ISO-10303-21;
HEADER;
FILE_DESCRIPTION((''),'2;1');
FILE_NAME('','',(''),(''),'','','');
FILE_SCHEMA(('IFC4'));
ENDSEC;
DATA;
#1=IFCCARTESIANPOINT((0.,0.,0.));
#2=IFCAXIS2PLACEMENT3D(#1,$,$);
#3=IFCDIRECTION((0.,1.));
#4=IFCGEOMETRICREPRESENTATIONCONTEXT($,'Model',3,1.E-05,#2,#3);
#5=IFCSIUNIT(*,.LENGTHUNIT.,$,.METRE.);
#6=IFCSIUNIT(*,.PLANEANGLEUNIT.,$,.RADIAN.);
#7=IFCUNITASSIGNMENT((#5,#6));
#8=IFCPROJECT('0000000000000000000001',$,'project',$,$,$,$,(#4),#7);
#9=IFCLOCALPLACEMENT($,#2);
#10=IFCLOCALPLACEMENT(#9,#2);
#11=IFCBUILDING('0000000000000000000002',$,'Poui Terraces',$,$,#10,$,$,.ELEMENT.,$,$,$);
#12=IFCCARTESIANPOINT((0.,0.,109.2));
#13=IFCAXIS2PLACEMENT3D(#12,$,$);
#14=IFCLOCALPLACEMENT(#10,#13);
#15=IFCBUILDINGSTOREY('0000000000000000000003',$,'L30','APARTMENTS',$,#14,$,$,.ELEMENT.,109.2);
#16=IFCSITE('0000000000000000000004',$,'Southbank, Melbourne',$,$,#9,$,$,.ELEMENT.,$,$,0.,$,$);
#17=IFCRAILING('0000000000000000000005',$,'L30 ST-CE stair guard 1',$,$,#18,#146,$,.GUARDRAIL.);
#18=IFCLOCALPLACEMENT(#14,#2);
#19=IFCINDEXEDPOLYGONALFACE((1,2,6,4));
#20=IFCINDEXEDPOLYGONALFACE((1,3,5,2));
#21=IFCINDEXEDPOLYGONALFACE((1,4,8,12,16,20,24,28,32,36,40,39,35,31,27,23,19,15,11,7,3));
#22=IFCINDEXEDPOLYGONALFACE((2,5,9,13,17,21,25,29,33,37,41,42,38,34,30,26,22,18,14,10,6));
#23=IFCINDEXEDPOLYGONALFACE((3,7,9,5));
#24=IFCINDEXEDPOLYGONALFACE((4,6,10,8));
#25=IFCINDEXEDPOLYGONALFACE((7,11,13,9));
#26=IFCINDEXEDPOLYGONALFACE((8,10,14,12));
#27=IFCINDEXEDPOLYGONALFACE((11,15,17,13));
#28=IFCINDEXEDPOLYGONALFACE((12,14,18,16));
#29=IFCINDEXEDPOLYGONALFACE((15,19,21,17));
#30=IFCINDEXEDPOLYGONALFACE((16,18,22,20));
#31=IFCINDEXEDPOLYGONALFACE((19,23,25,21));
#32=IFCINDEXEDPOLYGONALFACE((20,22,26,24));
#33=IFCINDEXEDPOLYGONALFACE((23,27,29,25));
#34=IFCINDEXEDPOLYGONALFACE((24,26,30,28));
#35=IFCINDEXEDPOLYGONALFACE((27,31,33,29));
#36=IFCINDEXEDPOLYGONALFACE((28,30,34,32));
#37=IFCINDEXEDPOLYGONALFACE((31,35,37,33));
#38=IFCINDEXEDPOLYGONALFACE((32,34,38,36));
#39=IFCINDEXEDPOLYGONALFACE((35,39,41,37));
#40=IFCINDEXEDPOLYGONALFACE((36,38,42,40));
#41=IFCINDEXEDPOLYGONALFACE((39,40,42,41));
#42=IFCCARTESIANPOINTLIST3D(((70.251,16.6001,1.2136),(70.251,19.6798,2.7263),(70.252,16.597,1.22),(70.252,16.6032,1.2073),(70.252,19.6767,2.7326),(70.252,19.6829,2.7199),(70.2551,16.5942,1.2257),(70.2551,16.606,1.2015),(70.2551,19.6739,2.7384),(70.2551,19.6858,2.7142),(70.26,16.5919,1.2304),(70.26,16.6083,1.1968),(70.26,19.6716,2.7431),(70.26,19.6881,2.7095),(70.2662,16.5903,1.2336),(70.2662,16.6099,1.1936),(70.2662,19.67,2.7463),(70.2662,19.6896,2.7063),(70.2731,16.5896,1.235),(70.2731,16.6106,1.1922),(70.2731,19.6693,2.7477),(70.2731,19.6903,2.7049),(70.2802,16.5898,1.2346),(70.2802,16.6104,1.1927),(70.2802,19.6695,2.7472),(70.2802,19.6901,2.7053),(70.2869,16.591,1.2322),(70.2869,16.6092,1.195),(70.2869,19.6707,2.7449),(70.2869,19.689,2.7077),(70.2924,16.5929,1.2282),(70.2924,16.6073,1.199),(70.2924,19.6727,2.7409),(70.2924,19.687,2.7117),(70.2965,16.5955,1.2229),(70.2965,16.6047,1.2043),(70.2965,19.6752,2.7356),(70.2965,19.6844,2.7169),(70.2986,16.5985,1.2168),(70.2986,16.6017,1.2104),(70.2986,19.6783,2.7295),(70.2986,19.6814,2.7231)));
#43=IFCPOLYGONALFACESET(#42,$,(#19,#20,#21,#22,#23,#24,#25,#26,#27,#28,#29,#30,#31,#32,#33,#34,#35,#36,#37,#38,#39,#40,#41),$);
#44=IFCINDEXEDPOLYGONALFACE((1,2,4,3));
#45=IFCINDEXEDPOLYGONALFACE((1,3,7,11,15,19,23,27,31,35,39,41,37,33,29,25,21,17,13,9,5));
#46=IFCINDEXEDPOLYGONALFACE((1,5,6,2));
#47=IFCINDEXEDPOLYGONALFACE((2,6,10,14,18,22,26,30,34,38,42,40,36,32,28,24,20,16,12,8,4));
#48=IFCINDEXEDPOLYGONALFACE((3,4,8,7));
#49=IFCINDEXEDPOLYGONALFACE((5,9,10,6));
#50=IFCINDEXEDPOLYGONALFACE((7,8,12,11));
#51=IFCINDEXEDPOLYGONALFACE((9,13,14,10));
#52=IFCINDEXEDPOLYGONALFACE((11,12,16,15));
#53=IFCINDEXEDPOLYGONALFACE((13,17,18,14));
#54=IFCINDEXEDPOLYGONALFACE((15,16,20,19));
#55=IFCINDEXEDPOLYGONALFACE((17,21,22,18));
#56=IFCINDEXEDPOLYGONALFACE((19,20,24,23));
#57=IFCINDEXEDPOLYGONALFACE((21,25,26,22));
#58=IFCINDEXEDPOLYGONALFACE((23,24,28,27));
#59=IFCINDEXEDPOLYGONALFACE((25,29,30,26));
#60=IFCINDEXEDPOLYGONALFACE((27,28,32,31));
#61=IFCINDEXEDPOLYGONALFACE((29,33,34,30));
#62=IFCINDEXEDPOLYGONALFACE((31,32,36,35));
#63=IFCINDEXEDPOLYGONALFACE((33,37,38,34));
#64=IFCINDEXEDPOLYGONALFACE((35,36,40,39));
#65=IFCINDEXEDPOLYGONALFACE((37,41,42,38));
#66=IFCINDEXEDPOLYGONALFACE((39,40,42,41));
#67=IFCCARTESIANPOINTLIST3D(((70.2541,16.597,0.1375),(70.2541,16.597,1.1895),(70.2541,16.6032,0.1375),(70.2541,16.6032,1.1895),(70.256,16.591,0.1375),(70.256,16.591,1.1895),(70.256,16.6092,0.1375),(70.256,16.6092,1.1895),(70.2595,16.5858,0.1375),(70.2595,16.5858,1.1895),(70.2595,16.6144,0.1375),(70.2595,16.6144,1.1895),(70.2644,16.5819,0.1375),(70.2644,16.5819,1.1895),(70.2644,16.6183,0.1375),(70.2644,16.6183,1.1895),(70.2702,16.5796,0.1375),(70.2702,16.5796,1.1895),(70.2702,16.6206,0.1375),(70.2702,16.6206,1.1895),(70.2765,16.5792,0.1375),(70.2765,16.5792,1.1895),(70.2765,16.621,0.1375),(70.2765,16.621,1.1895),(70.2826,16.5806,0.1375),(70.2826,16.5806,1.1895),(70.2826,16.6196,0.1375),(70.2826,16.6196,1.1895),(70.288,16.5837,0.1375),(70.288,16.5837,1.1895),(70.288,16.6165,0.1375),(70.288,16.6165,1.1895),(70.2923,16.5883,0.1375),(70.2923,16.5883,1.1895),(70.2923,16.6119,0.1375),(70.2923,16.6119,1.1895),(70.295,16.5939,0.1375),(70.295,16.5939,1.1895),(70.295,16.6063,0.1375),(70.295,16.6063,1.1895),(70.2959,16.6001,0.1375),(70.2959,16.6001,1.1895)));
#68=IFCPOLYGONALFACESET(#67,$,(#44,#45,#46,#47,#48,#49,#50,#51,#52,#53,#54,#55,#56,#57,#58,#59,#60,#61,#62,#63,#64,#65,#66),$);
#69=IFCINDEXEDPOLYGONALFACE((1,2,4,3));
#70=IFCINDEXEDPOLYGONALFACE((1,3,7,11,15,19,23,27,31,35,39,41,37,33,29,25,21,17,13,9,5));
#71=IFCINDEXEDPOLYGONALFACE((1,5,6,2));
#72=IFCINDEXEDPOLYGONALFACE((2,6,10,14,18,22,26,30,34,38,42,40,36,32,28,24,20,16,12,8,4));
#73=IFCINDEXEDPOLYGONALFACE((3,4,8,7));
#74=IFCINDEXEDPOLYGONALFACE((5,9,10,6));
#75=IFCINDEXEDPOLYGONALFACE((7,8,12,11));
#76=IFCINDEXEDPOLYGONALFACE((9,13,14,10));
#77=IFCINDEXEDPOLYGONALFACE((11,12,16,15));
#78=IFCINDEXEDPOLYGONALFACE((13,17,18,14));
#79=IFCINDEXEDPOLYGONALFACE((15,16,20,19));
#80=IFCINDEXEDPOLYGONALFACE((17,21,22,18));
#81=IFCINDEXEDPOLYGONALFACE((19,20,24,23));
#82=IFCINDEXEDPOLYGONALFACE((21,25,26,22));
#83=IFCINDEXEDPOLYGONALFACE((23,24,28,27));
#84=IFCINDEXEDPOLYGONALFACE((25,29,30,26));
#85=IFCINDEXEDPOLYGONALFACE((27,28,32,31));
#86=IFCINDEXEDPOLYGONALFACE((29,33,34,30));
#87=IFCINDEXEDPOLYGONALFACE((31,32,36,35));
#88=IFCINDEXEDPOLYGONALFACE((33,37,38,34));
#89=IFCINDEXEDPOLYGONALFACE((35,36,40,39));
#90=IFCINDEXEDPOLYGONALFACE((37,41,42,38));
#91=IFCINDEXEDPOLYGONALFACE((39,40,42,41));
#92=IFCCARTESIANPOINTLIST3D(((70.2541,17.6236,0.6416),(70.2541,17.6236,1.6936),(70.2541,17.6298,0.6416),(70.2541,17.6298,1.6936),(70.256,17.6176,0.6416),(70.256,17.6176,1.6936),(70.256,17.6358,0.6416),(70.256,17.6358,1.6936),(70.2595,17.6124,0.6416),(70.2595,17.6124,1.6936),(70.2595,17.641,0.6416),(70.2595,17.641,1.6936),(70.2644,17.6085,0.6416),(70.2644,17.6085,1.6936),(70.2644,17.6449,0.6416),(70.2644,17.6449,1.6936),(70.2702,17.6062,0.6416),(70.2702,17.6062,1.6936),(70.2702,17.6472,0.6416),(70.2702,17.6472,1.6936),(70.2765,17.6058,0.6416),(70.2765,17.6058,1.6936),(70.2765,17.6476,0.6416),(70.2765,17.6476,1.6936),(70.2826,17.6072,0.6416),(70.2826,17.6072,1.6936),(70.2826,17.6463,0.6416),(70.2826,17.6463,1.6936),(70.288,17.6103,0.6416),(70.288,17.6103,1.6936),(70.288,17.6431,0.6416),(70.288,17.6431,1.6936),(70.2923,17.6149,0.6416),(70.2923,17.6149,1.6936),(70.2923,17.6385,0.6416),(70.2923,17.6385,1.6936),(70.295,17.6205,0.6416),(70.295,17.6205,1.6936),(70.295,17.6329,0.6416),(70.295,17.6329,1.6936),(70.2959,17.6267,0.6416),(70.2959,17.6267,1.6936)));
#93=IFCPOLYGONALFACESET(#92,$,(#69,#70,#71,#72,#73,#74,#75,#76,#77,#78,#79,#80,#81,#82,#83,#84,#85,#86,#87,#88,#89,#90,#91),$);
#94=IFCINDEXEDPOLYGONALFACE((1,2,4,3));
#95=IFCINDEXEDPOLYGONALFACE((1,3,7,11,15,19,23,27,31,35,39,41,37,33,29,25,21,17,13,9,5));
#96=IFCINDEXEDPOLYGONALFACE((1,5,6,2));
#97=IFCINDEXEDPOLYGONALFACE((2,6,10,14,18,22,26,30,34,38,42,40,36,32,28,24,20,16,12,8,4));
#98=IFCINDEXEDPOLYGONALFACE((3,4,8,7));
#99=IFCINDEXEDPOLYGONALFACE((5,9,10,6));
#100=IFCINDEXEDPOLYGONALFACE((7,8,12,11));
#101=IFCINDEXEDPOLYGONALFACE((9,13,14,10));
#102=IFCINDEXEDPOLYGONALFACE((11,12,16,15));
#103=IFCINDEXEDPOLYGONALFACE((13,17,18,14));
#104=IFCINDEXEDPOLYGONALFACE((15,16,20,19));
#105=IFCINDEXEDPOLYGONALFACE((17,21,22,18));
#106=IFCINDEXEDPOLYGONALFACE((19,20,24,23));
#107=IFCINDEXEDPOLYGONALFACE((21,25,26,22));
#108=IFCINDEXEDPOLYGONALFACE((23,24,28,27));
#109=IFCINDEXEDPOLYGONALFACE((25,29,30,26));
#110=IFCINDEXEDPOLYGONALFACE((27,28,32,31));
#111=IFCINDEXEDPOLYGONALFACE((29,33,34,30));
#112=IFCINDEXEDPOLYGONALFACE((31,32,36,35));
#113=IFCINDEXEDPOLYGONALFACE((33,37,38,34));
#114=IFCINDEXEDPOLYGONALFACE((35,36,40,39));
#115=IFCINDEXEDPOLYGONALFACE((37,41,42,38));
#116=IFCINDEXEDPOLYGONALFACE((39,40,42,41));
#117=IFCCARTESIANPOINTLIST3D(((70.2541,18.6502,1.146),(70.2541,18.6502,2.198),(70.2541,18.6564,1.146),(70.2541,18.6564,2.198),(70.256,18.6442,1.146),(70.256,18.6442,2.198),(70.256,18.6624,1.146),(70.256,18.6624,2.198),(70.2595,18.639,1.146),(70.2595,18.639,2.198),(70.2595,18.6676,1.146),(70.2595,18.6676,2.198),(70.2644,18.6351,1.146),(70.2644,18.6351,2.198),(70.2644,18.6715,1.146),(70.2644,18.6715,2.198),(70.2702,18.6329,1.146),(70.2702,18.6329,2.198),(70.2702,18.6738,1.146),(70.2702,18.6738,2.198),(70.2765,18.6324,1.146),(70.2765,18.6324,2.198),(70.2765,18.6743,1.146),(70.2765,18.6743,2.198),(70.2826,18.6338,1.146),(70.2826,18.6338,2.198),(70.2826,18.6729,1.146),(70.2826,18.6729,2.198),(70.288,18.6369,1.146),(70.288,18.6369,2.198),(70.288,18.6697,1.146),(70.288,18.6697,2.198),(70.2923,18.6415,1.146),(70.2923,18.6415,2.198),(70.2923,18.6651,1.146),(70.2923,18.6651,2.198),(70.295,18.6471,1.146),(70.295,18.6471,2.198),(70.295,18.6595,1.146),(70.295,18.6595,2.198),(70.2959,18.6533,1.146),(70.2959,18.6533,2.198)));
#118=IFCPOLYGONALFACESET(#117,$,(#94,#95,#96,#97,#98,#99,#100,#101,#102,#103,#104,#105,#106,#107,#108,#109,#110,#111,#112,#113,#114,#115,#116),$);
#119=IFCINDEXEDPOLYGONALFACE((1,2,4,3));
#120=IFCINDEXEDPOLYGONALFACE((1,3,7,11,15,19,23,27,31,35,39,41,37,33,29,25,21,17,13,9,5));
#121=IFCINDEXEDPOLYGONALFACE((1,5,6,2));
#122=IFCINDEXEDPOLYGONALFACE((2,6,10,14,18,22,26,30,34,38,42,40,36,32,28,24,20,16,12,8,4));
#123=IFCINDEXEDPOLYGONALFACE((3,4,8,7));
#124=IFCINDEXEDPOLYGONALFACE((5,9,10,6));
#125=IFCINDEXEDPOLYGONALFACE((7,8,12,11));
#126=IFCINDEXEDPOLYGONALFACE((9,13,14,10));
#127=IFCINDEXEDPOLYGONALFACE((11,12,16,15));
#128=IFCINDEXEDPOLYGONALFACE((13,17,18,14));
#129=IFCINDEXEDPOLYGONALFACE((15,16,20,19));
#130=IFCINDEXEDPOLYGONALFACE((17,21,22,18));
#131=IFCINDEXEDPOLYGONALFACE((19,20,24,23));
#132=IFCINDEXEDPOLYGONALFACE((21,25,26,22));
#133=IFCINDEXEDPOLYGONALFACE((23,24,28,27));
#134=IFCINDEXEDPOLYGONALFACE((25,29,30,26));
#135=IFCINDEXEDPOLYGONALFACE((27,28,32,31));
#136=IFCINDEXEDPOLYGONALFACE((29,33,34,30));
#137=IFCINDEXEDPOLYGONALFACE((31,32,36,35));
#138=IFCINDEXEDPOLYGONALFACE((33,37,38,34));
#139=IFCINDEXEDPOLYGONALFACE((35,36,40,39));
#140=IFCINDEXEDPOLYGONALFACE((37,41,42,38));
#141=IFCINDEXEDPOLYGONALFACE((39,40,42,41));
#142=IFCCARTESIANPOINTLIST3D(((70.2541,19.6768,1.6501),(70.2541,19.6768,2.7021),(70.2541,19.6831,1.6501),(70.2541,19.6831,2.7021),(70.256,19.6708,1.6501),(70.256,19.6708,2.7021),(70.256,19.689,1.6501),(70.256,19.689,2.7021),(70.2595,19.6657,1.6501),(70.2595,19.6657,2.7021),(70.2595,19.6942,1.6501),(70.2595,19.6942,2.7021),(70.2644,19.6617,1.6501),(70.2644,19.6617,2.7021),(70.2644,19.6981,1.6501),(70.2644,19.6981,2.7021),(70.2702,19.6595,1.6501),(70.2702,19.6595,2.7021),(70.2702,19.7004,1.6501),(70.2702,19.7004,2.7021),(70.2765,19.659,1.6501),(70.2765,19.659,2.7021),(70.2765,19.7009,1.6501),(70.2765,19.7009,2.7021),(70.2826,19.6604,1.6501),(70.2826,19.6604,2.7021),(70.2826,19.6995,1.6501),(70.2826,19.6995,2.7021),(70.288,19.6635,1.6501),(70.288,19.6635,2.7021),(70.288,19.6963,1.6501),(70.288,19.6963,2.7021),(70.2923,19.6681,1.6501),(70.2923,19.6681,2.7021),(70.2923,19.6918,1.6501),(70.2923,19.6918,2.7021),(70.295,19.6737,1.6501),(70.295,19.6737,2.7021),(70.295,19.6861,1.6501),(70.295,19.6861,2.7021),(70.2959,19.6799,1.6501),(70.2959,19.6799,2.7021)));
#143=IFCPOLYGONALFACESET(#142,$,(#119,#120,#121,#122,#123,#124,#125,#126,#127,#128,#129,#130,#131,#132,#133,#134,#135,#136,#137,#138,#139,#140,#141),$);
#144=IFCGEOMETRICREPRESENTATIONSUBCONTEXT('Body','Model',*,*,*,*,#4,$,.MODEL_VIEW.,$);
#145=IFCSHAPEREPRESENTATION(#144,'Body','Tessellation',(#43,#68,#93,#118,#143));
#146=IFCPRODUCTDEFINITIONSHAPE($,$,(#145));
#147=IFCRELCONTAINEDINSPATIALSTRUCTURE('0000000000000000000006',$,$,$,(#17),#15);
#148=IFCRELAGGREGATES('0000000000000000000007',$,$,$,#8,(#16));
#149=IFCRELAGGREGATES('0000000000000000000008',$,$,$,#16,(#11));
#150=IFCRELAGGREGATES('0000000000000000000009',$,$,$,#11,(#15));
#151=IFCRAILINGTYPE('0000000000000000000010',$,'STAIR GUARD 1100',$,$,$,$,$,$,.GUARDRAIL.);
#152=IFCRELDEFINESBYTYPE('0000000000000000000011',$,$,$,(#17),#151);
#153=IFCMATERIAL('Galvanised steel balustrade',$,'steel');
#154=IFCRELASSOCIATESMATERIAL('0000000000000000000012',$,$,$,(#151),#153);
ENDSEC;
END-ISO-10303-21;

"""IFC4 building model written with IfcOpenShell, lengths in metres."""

from ifc_helpers import new_model, si_unit, direction, frame, origin, origin_2d, place, context, subcontext, project, spatial, circle, extrude, material, type_object, element, save


model = new_model("IFC4")

# Units and contexts
model_context = context("Model", 3, precision=1e-05, world=origin(), true_north=direction((0.0, 1.0)))
body_context = subcontext(model_context, "Body", "Model", "MODEL_VIEW")
ifc_project = project(units=[si_unit("LENGTHUNIT", "METRE"), si_unit("PLANEANGLEUNIT", "RADIAN")], contexts=[model_context])

# Site, building, storey
site_placement = place(None, origin())
site = spatial("IfcSite", under=ifc_project, at=site_placement, Name="Southbank, Melbourne", CompositionType="ELEMENT", RefElevation=0.0)
building_placement = place(site_placement, origin())
building = spatial("IfcBuilding", under=site, at=building_placement, Name="Poui Terraces", CompositionType="ELEMENT")
storey_placement = place(building_placement, frame((0.0, 0.0, 109.2)))
storey = spatial("IfcBuildingStorey", under=building, at=storey_placement, Name="L30", Description="APARTMENTS", CompositionType="ELEMENT", Elevation=109.2)

# Railing
ifc_material_1 = material(Name="Galvanised steel balustrade", Category="steel")
railing_type_1 = type_object("IfcRailingType", Name="STAIR GUARD 1100", PredefinedType="GUARDRAIL", material=ifc_material_1)
railing_1_placement = place(storey_placement, frame((70.2749, 16.6001, 0.1375)))
element("IfcRailing", 1, at=railing_1_placement, inside=storey, type_object=railing_type_1, Name="L30 ST-CE stair guard 1", PredefinedType="GUARDRAIL", context=body_context, shape_type="SweptSolid", body=[
    extrude(circle(Radius=0.0239, at=origin_2d()), frame((0.0, 0.0, 1.0762), z_axis=(0.0, 0.897578, 0.440856), x_axis=(-1.0, 0.0, 0.0)), (0.0, 0.0, 1.0), 3.4312),
    extrude(circle(Radius=0.021, at=origin_2d()), origin(), (0.0, 0.0, 1.0), 1.052),
    extrude(circle(Radius=0.021, at=origin_2d()), frame((0.0, 1.0266, 0.5042)), (0.0, 0.0, 1.0), 1.052),
    extrude(circle(Radius=0.021, at=origin_2d()), frame((0.0, 2.0532, 1.0085)), (0.0, 0.0, 1.0), 1.052),
    extrude(circle(Radius=0.021, at=origin_2d()), frame((0.0, 3.0798, 1.5127)), (0.0, 0.0, 1.0), 1.052),
])

save(model, "model.ifc")
